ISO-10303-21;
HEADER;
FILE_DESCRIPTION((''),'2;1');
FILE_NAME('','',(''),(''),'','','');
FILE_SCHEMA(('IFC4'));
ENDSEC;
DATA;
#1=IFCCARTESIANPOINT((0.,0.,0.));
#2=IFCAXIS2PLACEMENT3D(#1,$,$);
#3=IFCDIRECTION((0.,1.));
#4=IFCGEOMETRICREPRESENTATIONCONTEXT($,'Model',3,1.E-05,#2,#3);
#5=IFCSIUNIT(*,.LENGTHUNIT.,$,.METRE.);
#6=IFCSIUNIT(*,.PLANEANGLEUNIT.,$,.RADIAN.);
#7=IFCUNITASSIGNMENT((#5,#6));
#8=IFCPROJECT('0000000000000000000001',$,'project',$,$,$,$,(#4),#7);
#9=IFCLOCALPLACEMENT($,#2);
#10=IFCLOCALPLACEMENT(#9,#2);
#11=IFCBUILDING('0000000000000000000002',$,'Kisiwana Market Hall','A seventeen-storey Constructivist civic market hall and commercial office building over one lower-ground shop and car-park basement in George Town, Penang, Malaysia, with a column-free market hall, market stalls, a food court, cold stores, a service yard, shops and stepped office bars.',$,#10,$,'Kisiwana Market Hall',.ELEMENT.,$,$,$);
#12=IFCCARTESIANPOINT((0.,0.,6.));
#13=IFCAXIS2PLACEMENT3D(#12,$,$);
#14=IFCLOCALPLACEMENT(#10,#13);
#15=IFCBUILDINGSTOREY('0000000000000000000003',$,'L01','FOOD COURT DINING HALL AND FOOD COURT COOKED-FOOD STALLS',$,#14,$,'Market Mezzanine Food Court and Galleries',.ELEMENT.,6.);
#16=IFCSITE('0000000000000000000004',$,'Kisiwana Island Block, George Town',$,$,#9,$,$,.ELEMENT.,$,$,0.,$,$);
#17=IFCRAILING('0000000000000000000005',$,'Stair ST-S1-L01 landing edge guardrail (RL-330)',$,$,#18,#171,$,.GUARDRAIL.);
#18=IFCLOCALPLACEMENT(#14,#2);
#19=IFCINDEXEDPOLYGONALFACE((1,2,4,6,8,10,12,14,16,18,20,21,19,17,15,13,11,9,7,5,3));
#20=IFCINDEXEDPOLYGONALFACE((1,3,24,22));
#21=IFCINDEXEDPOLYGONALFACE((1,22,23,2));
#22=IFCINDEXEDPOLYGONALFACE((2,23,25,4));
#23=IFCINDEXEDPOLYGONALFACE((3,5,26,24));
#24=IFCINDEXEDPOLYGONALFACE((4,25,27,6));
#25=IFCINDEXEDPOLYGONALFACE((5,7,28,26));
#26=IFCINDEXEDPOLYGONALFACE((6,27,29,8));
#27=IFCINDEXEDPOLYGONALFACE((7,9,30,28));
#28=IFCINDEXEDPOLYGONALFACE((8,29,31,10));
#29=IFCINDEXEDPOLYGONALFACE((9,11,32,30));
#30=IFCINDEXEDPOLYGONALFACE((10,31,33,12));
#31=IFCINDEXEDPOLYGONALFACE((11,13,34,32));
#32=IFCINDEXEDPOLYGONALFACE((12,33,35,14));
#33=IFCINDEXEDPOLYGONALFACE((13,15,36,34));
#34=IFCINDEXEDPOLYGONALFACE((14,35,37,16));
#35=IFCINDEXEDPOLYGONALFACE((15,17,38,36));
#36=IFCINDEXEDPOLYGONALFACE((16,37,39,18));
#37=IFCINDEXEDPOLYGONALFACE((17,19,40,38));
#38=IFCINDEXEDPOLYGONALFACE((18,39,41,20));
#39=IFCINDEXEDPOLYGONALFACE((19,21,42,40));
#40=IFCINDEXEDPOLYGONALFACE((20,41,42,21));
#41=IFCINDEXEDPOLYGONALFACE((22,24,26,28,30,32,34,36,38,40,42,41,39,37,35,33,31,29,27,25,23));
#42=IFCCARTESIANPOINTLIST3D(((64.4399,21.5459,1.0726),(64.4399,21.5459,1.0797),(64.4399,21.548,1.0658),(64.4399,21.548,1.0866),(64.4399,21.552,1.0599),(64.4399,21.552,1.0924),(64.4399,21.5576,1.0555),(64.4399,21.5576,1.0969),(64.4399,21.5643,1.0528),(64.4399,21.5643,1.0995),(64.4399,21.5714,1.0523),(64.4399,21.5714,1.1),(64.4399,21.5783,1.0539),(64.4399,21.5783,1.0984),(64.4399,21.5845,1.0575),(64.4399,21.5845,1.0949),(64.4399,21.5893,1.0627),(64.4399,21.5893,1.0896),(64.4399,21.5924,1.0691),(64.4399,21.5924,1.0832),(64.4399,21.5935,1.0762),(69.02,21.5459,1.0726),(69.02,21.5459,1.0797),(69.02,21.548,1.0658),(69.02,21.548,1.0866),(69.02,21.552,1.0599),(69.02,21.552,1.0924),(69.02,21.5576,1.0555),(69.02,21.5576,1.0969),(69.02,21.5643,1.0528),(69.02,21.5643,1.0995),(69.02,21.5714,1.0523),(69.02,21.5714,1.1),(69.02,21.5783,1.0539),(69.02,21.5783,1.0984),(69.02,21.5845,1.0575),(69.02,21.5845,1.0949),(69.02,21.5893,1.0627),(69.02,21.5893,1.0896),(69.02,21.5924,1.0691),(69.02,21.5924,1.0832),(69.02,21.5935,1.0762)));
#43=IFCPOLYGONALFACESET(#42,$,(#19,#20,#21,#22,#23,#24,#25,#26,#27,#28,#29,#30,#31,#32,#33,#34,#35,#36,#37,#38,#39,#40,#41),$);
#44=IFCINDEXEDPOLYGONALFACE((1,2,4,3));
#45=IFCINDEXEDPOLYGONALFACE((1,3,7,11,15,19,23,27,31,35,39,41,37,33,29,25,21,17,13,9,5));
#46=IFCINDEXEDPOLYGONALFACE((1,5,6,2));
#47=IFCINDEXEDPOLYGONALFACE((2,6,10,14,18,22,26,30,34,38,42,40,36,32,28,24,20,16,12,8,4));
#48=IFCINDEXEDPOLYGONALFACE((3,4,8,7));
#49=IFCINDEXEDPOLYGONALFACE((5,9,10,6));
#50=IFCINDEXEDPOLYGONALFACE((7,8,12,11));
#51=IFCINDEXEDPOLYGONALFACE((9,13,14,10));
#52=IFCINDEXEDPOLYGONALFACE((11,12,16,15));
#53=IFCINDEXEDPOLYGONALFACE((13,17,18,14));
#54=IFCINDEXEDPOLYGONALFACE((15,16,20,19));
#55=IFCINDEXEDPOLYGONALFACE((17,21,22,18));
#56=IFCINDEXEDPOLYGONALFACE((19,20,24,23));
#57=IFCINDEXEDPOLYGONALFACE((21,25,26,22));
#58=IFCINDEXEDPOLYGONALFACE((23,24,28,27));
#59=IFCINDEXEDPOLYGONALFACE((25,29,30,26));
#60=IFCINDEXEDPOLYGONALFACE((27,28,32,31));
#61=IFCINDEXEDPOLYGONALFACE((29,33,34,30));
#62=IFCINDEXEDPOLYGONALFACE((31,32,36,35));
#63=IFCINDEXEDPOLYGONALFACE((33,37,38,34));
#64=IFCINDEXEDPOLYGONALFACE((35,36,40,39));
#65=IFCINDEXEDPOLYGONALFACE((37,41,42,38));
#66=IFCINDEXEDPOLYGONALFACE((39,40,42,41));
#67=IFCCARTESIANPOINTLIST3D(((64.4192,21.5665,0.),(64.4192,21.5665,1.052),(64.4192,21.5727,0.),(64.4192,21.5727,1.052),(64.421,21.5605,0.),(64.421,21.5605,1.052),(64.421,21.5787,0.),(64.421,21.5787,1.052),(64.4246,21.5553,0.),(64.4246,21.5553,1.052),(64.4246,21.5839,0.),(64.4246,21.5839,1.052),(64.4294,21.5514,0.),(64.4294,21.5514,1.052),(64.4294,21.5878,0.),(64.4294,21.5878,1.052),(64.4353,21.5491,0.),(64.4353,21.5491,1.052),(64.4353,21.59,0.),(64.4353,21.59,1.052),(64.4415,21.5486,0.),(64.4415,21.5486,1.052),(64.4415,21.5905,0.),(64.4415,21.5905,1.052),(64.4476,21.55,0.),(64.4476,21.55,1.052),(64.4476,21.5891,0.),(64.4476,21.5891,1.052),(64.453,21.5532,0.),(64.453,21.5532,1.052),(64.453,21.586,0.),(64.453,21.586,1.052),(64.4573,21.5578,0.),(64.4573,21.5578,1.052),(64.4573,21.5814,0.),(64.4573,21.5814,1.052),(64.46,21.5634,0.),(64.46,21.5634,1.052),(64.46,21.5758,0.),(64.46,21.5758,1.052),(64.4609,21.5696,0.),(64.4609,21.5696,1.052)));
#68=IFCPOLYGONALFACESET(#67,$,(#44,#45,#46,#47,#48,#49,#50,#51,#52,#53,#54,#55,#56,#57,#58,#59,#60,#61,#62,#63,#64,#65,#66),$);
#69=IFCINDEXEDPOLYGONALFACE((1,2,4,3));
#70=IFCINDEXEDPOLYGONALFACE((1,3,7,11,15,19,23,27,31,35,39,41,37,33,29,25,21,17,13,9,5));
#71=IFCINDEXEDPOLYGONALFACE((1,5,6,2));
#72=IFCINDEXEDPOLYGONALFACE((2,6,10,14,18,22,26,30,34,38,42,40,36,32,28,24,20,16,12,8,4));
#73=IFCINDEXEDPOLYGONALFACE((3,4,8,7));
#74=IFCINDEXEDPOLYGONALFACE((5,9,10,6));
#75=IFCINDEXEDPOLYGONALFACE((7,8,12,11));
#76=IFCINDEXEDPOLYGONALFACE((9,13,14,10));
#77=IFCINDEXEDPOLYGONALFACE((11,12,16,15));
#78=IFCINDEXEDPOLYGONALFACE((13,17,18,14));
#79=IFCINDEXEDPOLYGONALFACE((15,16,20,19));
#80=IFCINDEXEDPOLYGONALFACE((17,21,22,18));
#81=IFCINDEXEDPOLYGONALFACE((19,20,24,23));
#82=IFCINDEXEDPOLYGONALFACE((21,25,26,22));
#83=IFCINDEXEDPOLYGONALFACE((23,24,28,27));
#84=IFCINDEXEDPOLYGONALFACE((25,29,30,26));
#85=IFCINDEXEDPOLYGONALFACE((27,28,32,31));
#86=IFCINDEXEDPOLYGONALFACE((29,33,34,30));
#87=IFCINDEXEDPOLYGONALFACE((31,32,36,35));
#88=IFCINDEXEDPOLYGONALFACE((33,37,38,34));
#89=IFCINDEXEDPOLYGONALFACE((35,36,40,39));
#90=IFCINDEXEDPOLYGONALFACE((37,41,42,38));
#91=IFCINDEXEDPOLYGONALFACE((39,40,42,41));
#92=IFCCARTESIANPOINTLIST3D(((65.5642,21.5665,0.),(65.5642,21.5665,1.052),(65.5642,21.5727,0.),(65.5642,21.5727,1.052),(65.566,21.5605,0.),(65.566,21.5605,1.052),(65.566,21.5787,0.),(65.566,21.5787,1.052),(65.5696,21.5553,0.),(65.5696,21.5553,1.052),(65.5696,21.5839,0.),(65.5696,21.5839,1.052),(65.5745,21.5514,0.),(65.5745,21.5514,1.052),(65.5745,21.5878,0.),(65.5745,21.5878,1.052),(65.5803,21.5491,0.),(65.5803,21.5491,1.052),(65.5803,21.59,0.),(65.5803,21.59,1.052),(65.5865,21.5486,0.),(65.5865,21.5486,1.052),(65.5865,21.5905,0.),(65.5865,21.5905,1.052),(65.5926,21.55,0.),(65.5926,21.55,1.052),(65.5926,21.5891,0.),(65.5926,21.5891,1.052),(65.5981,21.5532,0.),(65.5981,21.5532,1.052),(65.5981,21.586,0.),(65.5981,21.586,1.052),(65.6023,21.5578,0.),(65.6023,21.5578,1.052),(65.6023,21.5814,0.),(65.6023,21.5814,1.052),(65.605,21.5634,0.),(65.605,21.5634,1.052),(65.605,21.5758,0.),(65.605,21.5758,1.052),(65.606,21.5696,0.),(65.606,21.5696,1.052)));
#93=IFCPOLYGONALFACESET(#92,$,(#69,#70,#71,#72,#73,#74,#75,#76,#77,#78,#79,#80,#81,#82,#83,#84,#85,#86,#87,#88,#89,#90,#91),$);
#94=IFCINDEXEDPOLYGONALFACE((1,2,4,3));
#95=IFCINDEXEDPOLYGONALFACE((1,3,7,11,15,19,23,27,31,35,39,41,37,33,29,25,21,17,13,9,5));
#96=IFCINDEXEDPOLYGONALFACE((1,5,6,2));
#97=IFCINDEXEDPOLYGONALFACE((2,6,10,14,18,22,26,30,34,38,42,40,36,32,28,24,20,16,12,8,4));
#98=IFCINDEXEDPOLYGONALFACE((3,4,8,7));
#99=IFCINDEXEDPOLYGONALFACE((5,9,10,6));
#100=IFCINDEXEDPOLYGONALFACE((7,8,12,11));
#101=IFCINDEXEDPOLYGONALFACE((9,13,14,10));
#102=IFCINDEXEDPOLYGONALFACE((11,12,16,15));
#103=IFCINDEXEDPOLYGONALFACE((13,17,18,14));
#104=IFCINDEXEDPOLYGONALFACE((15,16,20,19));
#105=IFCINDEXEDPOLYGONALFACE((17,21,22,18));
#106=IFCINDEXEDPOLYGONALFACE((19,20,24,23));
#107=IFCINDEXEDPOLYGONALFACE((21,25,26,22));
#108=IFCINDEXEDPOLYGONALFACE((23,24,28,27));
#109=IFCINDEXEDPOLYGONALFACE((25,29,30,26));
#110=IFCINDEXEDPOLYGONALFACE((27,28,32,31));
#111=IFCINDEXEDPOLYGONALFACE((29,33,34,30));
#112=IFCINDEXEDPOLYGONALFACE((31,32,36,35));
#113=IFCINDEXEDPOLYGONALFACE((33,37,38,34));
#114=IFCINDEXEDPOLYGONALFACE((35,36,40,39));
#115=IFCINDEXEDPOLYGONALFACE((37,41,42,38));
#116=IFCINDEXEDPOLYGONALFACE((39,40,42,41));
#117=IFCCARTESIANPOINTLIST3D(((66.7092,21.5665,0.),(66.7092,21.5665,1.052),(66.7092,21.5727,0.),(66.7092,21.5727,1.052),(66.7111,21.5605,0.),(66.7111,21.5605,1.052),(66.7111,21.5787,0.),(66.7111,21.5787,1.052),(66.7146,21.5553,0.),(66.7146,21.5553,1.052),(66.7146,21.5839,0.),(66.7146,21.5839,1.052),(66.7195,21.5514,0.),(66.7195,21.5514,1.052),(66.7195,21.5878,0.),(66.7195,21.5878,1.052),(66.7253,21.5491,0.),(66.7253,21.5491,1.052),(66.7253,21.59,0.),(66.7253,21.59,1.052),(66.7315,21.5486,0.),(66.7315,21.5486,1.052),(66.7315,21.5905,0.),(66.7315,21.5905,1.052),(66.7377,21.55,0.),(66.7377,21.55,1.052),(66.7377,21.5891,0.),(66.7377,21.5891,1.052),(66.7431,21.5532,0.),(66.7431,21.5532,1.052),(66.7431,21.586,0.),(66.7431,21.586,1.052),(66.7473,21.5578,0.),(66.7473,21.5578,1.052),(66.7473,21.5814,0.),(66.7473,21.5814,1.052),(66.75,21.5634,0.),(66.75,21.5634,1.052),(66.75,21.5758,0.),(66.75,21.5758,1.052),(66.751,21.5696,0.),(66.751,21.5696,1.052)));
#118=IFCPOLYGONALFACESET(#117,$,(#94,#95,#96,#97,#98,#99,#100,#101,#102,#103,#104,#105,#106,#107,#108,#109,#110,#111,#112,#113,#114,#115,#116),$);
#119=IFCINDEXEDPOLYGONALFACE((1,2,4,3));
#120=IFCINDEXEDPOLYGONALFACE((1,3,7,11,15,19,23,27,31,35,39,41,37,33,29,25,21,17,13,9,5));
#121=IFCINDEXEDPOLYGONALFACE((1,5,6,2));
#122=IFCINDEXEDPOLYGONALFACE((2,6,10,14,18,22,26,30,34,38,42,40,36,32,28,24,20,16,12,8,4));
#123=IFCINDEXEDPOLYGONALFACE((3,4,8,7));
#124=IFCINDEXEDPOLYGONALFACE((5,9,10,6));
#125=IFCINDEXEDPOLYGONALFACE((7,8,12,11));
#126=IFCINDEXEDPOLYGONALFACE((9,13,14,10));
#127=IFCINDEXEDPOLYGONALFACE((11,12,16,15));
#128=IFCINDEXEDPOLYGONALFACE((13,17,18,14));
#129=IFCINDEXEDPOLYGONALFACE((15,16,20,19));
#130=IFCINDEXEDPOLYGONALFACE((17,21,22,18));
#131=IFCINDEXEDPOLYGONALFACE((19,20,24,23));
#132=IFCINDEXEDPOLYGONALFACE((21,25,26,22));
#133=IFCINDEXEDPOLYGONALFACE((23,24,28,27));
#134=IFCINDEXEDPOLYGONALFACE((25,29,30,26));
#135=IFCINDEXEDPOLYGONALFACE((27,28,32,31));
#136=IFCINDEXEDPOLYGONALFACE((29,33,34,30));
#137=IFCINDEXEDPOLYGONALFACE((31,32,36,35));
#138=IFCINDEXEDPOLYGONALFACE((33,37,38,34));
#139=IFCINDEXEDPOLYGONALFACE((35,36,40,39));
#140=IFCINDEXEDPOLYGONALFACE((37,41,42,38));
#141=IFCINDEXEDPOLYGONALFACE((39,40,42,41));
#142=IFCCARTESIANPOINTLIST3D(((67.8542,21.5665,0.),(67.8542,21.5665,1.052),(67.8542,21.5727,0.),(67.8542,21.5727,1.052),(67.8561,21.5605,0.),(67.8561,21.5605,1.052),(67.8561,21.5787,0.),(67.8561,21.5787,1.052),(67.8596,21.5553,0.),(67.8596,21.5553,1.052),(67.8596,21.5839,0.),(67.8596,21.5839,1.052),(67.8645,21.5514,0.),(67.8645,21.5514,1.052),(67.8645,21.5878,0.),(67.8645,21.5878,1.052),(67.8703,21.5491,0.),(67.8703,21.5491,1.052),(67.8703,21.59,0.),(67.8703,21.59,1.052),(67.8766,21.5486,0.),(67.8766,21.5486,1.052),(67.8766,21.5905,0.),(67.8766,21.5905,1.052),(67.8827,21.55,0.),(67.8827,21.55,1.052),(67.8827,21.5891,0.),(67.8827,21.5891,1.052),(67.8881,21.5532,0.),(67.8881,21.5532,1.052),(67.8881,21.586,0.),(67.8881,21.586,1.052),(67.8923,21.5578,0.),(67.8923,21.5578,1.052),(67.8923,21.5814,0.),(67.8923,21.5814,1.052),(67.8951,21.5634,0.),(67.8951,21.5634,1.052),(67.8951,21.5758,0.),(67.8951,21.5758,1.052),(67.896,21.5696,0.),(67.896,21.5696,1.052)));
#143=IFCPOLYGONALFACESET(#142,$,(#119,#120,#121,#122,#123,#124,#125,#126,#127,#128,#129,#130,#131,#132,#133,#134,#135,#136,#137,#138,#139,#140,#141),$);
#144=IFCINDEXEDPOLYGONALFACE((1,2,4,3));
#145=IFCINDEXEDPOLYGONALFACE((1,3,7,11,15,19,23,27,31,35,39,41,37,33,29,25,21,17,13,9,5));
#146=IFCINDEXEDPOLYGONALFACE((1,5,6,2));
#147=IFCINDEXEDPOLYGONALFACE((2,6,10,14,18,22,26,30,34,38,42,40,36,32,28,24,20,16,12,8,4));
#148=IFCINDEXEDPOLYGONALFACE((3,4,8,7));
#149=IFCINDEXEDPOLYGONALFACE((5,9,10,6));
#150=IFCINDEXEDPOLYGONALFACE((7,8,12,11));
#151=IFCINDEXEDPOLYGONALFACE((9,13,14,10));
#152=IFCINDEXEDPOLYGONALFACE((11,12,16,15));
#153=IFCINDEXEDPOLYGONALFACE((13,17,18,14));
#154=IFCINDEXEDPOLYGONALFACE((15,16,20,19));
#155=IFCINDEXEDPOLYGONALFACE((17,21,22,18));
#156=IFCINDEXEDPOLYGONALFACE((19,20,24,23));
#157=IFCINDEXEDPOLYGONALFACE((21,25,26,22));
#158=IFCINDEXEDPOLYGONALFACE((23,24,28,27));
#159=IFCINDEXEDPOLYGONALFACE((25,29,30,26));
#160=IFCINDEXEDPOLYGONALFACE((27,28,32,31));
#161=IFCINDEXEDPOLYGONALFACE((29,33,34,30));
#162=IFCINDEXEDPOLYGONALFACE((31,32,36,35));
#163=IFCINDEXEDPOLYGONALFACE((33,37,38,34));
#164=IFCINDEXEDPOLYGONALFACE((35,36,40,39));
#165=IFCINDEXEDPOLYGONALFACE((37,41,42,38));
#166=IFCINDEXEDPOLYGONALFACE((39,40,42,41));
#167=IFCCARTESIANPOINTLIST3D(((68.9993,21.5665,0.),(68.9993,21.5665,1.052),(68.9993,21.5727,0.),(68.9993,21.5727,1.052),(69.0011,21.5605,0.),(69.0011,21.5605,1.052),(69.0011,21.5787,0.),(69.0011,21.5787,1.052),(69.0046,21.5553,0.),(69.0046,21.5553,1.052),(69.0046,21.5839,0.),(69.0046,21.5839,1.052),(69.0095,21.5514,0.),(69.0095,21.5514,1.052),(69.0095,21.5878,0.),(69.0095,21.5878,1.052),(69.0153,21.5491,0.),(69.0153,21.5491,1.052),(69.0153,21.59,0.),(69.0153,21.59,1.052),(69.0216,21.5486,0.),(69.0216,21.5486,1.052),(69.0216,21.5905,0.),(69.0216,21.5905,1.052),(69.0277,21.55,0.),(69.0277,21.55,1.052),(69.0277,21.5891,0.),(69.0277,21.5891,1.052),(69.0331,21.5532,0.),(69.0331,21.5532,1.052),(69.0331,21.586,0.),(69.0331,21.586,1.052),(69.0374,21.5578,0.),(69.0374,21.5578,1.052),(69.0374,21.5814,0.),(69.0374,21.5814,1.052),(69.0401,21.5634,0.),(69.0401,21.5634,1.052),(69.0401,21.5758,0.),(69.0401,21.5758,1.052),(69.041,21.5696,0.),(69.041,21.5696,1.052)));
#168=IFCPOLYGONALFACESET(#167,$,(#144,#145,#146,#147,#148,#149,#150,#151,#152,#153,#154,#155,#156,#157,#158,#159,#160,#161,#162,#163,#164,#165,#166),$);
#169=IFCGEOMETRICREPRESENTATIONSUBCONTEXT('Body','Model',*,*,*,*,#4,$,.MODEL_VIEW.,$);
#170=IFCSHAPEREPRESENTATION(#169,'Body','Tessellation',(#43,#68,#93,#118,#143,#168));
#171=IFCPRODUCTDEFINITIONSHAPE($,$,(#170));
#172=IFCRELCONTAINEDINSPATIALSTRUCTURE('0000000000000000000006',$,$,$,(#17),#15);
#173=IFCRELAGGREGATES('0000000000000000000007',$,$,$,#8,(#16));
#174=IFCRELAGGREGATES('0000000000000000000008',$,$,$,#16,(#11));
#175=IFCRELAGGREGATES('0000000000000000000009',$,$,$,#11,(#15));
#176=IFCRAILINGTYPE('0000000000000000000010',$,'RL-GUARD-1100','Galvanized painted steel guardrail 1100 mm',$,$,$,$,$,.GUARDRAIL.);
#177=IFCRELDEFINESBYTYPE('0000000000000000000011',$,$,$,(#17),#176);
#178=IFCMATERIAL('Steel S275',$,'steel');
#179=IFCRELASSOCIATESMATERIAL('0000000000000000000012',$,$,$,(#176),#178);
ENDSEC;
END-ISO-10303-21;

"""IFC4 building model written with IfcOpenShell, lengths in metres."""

from ifc_helpers import new_model, si_unit, direction, frame, origin, origin_2d, place, context, subcontext, project, spatial, circle, extrude, material, type_object, element, save


model = new_model("IFC4")

# Units and contexts
model_context = context("Model", 3, precision=1e-05, world=origin(), true_north=direction((0.0, 1.0)))
body_context = subcontext(model_context, "Body", "Model", "MODEL_VIEW")
ifc_project = project(units=[si_unit("LENGTHUNIT", "METRE"), si_unit("PLANEANGLEUNIT", "RADIAN")], contexts=[model_context])

# Site, building, storey
site_placement = place(None, origin())
site = spatial("IfcSite", under=ifc_project, at=site_placement, Name="Kisiwana Island Block, George Town", CompositionType="ELEMENT", RefElevation=0.0)
building_placement = place(site_placement, origin())
building = spatial("IfcBuilding", under=site, at=building_placement, Name="Kisiwana Market Hall", Description="A seventeen-storey Constructivist civic market hall and commercial office building over one lower-ground shop and car-park basement in George Town, Penang, Malaysia, with a column-free market hall, market stalls, a food court, cold stores, a service yard, shops and stepped office bars.", LongName="Kisiwana Market Hall", CompositionType="ELEMENT")
storey_placement = place(building_placement, frame((0.0, 0.0, 6.0)))
storey = spatial("IfcBuildingStorey", under=building, at=storey_placement, Name="L01", Description="FOOD COURT DINING HALL AND FOOD COURT COOKED-FOOD STALLS", LongName="Market Mezzanine Food Court and Galleries", CompositionType="ELEMENT", Elevation=6.0)

# Railing
ifc_material_1 = material(Name="Steel S275", Category="steel")
railing_type_1 = type_object("IfcRailingType", Name="RL-GUARD-1100", Description="Galvanized painted steel guardrail 1100 mm", PredefinedType="GUARDRAIL", material=ifc_material_1)
railing_1_placement = place(storey_placement, frame((64.4399, 21.5696, 0.0)))
element("IfcRailing", 1, at=railing_1_placement, inside=storey, type_object=railing_type_1, Name="Stair ST-S1-L01 landing edge guardrail (RL-330)", PredefinedType="GUARDRAIL", context=body_context, shape_type="SweptSolid", body=[
    extrude(circle(Radius=0.0239, at=origin_2d()), frame((0.0, 0.0, 1.0762), z_axis=(1.0, 0.0, 0.0), x_axis=(0.0, 1.0, 0.0)), (0.0, 0.0, 1.0), 4.5801),
    extrude(circle(Radius=0.021, at=origin_2d()), origin(), (0.0, 0.0, 1.0), 1.052),
    extrude(circle(Radius=0.021, at=origin_2d()), frame((1.145, 0.0, 0.0)), (0.0, 0.0, 1.0), 1.052),
    extrude(circle(Radius=0.021, at=origin_2d()), frame((2.29, 0.0, 0.0)), (0.0, 0.0, 1.0), 1.052),
    extrude(circle(Radius=0.021, at=origin_2d()), frame((3.4351, 0.0, 0.0)), (0.0, 0.0, 1.0), 1.052),
    extrude(circle(Radius=0.021, at=origin_2d()), frame((4.5801, 0.0, 0.0)), (0.0, 0.0, 1.0), 1.052),
])

save(model, "model.ifc")
